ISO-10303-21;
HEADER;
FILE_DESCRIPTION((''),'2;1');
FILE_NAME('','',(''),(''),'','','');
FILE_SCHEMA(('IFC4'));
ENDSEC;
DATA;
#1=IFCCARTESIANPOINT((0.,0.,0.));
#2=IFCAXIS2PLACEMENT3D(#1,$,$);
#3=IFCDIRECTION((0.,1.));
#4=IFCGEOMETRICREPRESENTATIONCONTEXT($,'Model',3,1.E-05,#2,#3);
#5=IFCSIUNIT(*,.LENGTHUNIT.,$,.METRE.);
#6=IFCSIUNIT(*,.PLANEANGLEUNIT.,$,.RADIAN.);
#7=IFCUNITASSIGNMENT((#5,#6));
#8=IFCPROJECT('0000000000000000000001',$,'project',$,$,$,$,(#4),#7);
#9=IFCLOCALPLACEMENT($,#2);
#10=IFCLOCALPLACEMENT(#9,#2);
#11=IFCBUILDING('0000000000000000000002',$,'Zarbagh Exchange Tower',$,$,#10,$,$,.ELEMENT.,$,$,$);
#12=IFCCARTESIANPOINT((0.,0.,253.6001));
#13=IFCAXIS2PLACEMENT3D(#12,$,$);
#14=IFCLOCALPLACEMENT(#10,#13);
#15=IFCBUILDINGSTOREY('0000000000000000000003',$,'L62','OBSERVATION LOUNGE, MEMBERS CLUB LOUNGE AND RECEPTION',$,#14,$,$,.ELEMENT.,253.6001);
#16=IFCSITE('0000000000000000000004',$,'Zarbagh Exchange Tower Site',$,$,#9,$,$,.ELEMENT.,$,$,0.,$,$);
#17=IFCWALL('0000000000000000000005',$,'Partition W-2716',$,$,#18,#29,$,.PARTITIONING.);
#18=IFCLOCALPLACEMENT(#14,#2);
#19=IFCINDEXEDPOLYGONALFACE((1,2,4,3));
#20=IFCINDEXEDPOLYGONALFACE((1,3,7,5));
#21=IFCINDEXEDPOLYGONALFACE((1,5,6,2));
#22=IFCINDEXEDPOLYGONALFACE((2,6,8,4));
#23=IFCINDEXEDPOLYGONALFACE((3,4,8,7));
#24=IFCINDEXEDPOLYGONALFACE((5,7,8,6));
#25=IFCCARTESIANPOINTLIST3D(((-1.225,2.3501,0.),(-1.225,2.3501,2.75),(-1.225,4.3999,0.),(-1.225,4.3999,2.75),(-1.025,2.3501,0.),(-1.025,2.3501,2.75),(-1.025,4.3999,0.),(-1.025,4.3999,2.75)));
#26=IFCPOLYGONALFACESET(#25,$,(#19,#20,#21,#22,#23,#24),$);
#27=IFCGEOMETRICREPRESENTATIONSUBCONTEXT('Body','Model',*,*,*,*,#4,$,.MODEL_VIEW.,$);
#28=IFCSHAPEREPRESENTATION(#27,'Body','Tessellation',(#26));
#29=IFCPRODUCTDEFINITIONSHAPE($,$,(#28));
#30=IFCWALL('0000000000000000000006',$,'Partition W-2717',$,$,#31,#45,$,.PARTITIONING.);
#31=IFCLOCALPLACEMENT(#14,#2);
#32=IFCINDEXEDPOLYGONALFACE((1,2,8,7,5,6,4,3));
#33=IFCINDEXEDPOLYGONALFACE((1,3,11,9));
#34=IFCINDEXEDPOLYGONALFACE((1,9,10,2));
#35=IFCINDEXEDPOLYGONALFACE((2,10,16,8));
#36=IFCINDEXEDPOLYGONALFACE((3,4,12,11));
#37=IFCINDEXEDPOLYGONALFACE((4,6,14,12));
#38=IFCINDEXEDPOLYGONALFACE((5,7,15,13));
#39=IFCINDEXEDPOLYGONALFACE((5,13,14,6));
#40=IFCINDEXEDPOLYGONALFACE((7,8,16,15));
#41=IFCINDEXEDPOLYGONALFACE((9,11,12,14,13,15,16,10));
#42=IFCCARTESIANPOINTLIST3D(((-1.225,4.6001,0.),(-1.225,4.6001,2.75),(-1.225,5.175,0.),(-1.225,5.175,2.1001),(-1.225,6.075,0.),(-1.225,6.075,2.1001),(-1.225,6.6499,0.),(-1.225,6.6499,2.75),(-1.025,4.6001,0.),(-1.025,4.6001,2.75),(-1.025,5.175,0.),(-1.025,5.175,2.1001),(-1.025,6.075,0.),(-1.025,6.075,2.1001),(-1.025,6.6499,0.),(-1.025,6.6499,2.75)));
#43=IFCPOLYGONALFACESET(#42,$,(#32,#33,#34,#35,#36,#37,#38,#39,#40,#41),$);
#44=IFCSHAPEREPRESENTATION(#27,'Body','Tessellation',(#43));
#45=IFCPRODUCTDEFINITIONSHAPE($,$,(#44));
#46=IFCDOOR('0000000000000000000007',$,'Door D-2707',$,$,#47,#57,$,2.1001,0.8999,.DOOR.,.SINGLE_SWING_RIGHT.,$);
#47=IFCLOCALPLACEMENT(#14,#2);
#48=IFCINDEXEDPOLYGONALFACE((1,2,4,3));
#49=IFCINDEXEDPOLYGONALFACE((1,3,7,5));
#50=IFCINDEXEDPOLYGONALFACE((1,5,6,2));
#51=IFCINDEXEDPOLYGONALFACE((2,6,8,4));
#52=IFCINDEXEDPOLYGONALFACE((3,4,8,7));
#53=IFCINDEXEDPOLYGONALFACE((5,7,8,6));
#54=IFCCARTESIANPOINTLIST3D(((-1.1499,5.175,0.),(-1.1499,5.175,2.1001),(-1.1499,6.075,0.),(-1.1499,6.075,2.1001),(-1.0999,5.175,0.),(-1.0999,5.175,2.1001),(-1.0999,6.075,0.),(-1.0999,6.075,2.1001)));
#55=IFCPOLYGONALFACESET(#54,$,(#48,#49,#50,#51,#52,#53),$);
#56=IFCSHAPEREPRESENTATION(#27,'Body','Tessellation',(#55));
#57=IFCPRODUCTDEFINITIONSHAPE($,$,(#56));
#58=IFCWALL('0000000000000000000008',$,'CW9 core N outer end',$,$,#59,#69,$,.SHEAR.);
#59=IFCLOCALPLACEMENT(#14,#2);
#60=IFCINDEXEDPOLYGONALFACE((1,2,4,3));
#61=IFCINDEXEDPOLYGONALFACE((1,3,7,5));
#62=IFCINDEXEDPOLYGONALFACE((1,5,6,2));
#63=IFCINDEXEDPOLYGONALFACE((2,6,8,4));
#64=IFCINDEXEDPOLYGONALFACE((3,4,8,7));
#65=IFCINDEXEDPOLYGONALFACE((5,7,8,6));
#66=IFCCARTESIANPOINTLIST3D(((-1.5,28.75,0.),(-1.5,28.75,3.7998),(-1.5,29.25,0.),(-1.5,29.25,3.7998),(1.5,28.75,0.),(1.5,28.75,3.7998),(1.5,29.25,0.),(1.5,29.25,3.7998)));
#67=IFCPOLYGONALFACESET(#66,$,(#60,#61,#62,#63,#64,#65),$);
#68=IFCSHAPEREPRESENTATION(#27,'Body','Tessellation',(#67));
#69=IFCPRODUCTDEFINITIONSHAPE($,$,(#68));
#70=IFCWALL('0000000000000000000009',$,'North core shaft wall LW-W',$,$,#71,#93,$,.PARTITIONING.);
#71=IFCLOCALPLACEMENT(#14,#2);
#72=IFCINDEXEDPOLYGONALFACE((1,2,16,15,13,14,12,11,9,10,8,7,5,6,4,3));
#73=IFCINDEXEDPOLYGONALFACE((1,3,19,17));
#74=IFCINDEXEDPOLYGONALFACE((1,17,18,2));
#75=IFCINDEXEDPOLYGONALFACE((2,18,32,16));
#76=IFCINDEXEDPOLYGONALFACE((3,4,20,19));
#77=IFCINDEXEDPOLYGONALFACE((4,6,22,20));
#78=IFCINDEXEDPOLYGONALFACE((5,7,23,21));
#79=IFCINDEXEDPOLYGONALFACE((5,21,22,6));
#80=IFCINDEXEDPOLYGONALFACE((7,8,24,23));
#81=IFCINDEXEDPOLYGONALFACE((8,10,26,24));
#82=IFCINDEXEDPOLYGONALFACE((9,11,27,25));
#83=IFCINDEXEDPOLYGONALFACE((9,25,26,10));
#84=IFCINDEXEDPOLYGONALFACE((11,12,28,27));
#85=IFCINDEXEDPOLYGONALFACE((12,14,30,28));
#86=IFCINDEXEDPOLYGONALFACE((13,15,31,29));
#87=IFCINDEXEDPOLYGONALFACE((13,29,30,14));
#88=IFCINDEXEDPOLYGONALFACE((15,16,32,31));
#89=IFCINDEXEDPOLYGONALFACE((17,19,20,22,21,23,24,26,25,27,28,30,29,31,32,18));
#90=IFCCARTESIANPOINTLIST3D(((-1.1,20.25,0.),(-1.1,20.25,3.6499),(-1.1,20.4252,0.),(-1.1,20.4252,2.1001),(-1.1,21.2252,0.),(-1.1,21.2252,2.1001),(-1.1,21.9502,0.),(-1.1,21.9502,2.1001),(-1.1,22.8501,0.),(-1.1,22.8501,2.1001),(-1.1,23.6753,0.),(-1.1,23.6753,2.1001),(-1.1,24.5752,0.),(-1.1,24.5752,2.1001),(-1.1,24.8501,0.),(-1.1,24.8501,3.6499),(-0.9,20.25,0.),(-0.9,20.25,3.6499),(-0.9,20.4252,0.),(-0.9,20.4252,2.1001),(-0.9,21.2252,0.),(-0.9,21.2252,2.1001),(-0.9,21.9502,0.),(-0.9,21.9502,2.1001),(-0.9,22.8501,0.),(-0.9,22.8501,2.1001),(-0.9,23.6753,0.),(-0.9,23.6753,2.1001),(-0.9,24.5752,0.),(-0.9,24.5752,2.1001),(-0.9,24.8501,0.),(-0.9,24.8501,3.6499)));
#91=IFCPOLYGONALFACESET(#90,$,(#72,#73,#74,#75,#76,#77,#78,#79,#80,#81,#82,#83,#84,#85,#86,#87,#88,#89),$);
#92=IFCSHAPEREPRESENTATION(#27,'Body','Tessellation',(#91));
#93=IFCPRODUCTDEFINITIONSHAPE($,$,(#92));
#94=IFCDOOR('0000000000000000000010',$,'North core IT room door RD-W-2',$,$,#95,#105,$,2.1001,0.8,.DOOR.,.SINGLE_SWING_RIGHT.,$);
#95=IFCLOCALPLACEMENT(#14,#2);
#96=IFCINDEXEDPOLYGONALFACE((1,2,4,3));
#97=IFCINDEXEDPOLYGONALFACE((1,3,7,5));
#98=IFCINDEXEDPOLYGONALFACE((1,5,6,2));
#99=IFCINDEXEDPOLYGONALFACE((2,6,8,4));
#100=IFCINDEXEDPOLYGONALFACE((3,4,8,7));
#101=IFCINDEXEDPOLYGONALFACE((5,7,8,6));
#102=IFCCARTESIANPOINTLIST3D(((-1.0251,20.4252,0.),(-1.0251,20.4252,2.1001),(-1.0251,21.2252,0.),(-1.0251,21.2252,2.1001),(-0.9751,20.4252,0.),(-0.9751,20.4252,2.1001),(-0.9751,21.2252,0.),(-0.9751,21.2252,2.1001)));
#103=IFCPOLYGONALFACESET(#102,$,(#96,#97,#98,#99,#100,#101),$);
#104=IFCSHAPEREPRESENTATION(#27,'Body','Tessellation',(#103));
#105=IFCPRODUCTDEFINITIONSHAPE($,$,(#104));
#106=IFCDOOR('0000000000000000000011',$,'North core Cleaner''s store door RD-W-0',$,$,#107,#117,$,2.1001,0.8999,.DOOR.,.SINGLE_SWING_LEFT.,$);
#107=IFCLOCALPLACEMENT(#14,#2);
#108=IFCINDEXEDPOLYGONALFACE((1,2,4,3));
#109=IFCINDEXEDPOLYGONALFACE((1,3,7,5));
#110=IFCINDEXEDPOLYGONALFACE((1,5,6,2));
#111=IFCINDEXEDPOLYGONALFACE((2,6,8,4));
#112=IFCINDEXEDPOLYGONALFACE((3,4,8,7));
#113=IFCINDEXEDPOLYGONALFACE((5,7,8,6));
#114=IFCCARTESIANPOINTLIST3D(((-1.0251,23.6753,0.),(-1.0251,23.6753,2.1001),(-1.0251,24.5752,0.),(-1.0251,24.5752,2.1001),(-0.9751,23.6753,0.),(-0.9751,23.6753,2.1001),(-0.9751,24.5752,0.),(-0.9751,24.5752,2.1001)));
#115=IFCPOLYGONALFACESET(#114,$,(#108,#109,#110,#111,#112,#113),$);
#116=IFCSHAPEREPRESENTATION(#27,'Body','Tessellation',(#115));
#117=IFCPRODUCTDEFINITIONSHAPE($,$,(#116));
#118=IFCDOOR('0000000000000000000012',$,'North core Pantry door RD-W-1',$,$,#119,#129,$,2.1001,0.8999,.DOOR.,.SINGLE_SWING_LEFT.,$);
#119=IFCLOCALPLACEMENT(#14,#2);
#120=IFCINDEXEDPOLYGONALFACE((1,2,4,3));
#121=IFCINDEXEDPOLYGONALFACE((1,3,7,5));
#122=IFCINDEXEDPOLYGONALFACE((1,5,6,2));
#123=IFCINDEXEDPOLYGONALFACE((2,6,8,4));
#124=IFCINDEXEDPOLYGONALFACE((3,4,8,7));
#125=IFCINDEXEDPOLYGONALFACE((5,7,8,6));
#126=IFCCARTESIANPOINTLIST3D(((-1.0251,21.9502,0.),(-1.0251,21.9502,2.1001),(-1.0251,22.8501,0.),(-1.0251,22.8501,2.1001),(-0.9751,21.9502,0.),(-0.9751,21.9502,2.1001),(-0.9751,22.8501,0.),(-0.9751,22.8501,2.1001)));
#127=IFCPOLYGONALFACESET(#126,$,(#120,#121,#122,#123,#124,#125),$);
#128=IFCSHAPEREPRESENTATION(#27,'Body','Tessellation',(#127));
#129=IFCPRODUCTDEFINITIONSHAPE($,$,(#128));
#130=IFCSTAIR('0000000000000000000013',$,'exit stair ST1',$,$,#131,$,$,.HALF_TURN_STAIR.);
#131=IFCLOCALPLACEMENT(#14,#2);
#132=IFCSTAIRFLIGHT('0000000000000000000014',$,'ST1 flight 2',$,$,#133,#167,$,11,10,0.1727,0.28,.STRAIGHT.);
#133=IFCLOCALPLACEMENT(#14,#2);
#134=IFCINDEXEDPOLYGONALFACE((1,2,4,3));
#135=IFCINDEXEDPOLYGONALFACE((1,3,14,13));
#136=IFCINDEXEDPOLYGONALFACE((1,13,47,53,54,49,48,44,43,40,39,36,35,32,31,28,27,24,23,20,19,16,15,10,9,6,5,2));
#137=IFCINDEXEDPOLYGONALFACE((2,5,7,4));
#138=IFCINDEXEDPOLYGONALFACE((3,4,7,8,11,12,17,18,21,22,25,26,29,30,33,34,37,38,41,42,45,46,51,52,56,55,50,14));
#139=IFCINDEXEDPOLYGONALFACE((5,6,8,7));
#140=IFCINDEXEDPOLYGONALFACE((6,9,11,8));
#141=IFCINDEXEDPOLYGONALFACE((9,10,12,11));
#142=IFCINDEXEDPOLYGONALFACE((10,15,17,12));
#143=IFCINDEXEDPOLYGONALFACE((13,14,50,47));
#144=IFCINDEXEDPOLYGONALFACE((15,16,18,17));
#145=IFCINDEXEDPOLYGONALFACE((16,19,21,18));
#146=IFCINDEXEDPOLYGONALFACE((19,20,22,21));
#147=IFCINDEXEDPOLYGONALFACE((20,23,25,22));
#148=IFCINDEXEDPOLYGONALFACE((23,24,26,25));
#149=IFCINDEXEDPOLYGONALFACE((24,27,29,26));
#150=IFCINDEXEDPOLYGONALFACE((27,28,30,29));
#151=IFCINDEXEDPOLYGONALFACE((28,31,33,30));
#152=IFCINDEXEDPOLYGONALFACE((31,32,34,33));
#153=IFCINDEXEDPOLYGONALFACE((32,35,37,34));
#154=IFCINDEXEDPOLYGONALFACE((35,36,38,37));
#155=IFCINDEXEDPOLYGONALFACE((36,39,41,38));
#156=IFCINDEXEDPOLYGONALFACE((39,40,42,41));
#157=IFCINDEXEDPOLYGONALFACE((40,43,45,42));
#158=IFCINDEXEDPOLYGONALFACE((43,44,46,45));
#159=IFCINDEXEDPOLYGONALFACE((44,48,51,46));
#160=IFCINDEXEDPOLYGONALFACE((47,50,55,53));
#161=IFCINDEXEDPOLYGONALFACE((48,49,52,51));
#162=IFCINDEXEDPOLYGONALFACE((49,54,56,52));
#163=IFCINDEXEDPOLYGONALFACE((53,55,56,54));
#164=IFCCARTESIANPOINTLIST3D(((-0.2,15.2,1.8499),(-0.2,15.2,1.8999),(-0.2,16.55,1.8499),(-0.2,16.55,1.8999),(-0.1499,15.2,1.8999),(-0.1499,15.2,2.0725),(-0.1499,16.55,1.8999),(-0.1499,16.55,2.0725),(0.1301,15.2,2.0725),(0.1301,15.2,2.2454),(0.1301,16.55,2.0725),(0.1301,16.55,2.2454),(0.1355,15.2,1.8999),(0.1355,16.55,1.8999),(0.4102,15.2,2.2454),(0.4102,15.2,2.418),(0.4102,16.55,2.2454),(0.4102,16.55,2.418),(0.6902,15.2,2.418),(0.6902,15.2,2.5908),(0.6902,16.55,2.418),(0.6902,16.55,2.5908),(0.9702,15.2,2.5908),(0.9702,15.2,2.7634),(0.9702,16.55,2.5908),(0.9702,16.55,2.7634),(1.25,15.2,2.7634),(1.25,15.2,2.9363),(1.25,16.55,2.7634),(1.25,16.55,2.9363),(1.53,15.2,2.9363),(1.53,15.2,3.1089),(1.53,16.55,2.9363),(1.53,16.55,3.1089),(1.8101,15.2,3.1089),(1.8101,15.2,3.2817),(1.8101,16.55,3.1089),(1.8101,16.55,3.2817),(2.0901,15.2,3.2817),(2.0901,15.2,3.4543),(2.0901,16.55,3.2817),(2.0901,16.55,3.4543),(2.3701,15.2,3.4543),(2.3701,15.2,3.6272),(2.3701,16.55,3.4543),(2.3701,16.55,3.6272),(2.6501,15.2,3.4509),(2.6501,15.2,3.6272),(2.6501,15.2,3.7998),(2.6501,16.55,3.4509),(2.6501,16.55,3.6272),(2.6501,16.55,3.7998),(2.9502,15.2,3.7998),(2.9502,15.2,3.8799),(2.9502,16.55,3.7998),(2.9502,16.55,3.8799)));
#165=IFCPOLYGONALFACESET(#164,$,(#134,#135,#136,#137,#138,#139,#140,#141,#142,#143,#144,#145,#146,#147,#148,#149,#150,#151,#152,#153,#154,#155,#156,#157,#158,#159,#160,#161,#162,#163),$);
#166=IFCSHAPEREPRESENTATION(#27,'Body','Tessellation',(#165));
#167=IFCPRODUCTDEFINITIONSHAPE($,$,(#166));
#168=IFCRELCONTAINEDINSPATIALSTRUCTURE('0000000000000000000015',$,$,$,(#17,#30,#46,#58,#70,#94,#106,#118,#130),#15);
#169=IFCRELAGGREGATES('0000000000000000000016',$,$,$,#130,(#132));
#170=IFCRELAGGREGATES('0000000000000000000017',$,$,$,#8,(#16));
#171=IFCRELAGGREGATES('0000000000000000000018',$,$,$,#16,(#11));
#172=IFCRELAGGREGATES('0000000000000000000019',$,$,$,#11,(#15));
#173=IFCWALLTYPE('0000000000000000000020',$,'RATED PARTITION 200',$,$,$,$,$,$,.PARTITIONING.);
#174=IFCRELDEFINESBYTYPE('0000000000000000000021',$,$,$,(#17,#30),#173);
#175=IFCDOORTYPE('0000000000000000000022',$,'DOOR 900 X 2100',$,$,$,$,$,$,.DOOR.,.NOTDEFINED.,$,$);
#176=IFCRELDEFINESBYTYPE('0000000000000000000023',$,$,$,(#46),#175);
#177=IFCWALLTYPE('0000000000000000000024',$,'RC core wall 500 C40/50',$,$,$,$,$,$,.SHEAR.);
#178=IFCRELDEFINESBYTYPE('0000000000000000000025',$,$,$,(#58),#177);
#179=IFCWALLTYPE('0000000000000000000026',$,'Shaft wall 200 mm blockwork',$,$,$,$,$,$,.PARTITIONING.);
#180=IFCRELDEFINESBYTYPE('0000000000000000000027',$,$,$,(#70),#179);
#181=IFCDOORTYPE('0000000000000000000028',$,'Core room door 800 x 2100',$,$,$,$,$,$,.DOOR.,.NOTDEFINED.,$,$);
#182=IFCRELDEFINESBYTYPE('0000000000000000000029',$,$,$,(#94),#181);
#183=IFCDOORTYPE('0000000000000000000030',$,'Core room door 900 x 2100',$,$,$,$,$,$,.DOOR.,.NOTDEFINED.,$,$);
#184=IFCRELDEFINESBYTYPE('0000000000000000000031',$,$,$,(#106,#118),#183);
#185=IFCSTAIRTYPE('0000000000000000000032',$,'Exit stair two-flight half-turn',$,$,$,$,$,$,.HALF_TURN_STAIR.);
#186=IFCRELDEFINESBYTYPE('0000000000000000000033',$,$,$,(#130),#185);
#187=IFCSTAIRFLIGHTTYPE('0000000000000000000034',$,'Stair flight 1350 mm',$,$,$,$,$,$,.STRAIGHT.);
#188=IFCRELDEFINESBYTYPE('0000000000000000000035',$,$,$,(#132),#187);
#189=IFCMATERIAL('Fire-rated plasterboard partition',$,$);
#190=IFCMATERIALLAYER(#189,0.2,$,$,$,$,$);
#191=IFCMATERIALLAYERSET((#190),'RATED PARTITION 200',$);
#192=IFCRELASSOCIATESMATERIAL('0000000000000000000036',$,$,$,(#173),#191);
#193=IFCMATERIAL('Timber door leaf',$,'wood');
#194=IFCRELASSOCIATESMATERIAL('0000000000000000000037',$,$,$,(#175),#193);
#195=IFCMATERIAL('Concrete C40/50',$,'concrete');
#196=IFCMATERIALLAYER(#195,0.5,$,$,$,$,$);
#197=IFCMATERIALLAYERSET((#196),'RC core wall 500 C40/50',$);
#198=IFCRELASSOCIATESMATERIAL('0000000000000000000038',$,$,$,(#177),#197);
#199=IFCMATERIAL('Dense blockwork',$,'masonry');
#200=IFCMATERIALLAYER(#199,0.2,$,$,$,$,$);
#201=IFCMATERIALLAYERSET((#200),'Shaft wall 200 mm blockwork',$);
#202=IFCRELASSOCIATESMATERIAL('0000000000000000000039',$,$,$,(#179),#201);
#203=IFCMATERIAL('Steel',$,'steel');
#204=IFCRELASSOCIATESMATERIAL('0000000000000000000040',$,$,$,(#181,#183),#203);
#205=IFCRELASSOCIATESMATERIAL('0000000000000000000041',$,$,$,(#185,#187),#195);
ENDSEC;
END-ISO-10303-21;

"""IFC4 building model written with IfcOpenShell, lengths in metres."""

from ifc_helpers import new_model, si_unit, direction, frame, frame_2d, origin, place, context, subcontext, project, spatial, polyline, rectangle, outline, extrude, material, layer, layer_set, type_object, element, fill, aggregate, save


model = new_model("IFC4")

# Units and contexts
model_context = context("Model", 3, precision=1e-05, world=origin(), true_north=direction((0.0, 1.0)))
body_context = subcontext(model_context, "Body", "Model", "MODEL_VIEW")
ifc_project = project(units=[si_unit("LENGTHUNIT", "METRE"), si_unit("PLANEANGLEUNIT", "RADIAN")], contexts=[model_context])

# Site, building, storey
site_placement = place(None, origin())
site = spatial("IfcSite", under=ifc_project, at=site_placement, Name="Zarbagh Exchange Tower Site", CompositionType="ELEMENT", RefElevation=0.0)
building_placement = place(site_placement, origin())
building = spatial("IfcBuilding", under=site, at=building_placement, Name="Zarbagh Exchange Tower", CompositionType="ELEMENT")
storey_placement = place(building_placement, frame((0.0, 0.0, 253.6001)))
storey = spatial("IfcBuildingStorey", under=building, at=storey_placement, Name="L62", Description="OBSERVATION LOUNGE, MEMBERS CLUB LOUNGE AND RECEPTION", CompositionType="ELEMENT", Elevation=253.6001)

# Wall
ifc_material_1 = material(Name="Fire-rated plasterboard partition")
ifc_layer_1 = layer(ifc_material_1, 0.2)
ifc_layer_set_1 = layer_set([ifc_layer_1], Name="RATED PARTITION 200")
wall_type_1 = type_object("IfcWallType", Name="RATED PARTITION 200", PredefinedType="PARTITIONING", material=ifc_layer_set_1)
wall_1_placement = place(storey_placement, frame((-1.125, 2.3501, 0.0), z_axis=(0.0, 0.0, 1.0), x_axis=(0.0, 1.0, 0.0)))
element("IfcWall", 1, at=wall_1_placement, inside=storey, type_object=wall_type_1, Name="Partition W-2716", PredefinedType="PARTITIONING", context=body_context, shape_type="SweptSolid", body=[
    extrude(rectangle(XDim=2.0498, YDim=0.2, at=frame_2d((1.0249, 0.0))), origin(), (0.0, 0.0, 1.0), 2.75),
])

# Wall, opening, door
wall_2_placement = place(storey_placement, frame((-1.125, 4.6001, 0.0), z_axis=(0.0, 0.0, 1.0), x_axis=(0.0, 1.0, 0.0)))
wall_2 = element("IfcWall", 2, at=wall_2_placement, inside=storey, type_object=wall_type_1, Name="Partition W-2717", PredefinedType="PARTITIONING", context=body_context, shape_type="SweptSolid", body=[
    extrude(rectangle(XDim=2.0498, YDim=0.2, at=frame_2d((1.0249, 0.0))), origin(), (0.0, 0.0, 1.0), 2.75),
])
opening_1_placement = place(wall_2_placement, frame((0.575, 0.0, 0.0)))
opening_1 = element("IfcOpeningElement", 3, at=opening_1_placement, cuts=wall_2, PredefinedType="OPENING", context=body_context, shape_type="SweptSolid", body=[
    extrude(rectangle(XDim=0.8999, YDim=2.1001, at=frame_2d((0.45, 1.05))), frame((0.0, 0.1099, 0.0), z_axis=(0.0, -1.0, 0.0), x_axis=(1.0, 0.0, 0.0)), (0.0, 0.0, 1.0), 0.22),
])
ifc_material_2 = material(Name="Timber door leaf", Category="wood")
door_type_1 = type_object("IfcDoorType", Name="DOOR 900 X 2100", OperationType="NOTDEFINED", PredefinedType="DOOR", material=ifc_material_2)
door_1_placement = place(opening_1_placement, origin())
door_1 = element("IfcDoor", 4, at=door_1_placement, inside=storey, type_object=door_type_1, Name="Door D-2707", OperationType="SINGLE_SWING_RIGHT", OverallHeight=2.1001, OverallWidth=0.8999, PredefinedType="DOOR", context=body_context, shape_type="SweptSolid", body=[
    extrude(rectangle(XDim=0.8999, YDim=2.1001, at=frame_2d((0.45, 1.05))), frame((0.0, 0.0249, 0.0), z_axis=(0.0, -1.0, 0.0), x_axis=(1.0, 0.0, 0.0)), (0.0, 0.0, 1.0), 0.05),
])
fill(opening_1, door_1)

# Wall
ifc_material_3 = material(Name="Concrete C40/50", Category="concrete")
ifc_layer_2 = layer(ifc_material_3, 0.5)
ifc_layer_set_2 = layer_set([ifc_layer_2], Name="RC core wall 500 C40/50")
wall_type_2 = type_object("IfcWallType", Name="RC core wall 500 C40/50", PredefinedType="SHEAR", material=ifc_layer_set_2)
wall_3_placement = place(storey_placement, frame((-1.5, 29.0, 0.0), z_axis=(0.0, 0.0, 1.0), x_axis=(1.0, 0.0, 0.0)))
element("IfcWall", 5, at=wall_3_placement, inside=storey, type_object=wall_type_2, Name="CW9 core N outer end", PredefinedType="SHEAR", context=body_context, shape_type="SweptSolid", body=[
    extrude(rectangle(XDim=3.0, YDim=0.5, at=frame_2d((1.5, 0.0))), origin(), (0.0, 0.0, 1.0), 3.7998),
])

# Wall, openings, doors
ifc_material_4 = material(Name="Dense blockwork", Category="masonry")
ifc_layer_3 = layer(ifc_material_4, 0.2)
ifc_layer_set_3 = layer_set([ifc_layer_3], Name="Shaft wall 200 mm blockwork")
wall_type_3 = type_object("IfcWallType", Name="Shaft wall 200 mm blockwork", PredefinedType="PARTITIONING", material=ifc_layer_set_3)
wall_4_placement = place(storey_placement, frame((-1.0, 24.8501, 0.0), z_axis=(0.0, 0.0, 1.0), x_axis=(0.0, -1.0, 0.0)))
wall_4 = element("IfcWall", 6, at=wall_4_placement, inside=storey, type_object=wall_type_3, Name="North core shaft wall LW-W", PredefinedType="PARTITIONING", context=body_context, shape_type="SweptSolid", body=[
    extrude(rectangle(XDim=4.6001, YDim=0.2, at=frame_2d((2.3, 0.0))), origin(), (0.0, 0.0, 1.0), 3.6499),
])
opening_2_placement = place(wall_4_placement, frame((0.2749, 0.0, 0.0)))
opening_2 = element("IfcOpeningElement", 7, at=opening_2_placement, cuts=wall_4, PredefinedType="OPENING", context=body_context, shape_type="SweptSolid", body=[
    extrude(rectangle(XDim=0.8999, YDim=2.1001, at=frame_2d((0.45, 1.05))), frame((0.0, 0.1099, 0.0), z_axis=(0.0, -1.0, 0.0), x_axis=(1.0, 0.0, 0.0)), (0.0, 0.0, 1.0), 0.22),
])
opening_3_placement = place(wall_4_placement, frame((2.0, 0.0, 0.0)))
opening_3 = element("IfcOpeningElement", 8, at=opening_3_placement, cuts=wall_4, PredefinedType="OPENING", context=body_context, shape_type="SweptSolid", body=[
    extrude(rectangle(XDim=0.8999, YDim=2.1001, at=frame_2d((0.45, 1.05))), frame((0.0, 0.1099, 0.0), z_axis=(0.0, -1.0, 0.0), x_axis=(1.0, 0.0, 0.0)), (0.0, 0.0, 1.0), 0.22),
])
opening_4_placement = place(wall_4_placement, frame((3.625, 0.0, 0.0)))
opening_4 = element("IfcOpeningElement", 9, at=opening_4_placement, cuts=wall_4, PredefinedType="OPENING", context=body_context, shape_type="SweptSolid", body=[
    extrude(rectangle(XDim=0.8, YDim=2.1001, at=frame_2d((0.3999, 1.05))), frame((0.0, 0.1099, 0.0), z_axis=(0.0, -1.0, 0.0), x_axis=(1.0, 0.0, 0.0)), (0.0, 0.0, 1.0), 0.22),
])
ifc_material_5 = material(Name="Steel", Category="steel")
door_type_2 = type_object("IfcDoorType", Name="Core room door 800 x 2100", OperationType="NOTDEFINED", PredefinedType="DOOR", material=ifc_material_5)
door_2_placement = place(opening_4_placement, origin())
door_2 = element("IfcDoor", 10, at=door_2_placement, inside=storey, type_object=door_type_2, Name="North core IT room door RD-W-2", OperationType="SINGLE_SWING_RIGHT", OverallHeight=2.1001, OverallWidth=0.8, PredefinedType="DOOR", context=body_context, shape_type="SweptSolid", body=[
    extrude(rectangle(XDim=0.8, YDim=2.1001, at=frame_2d((0.3999, 1.05))), frame((0.0, 0.0249, 0.0), z_axis=(0.0, -1.0, 0.0), x_axis=(1.0, 0.0, 0.0)), (0.0, 0.0, 1.0), 0.05),
])
fill(opening_4, door_2)
door_type_3 = type_object("IfcDoorType", Name="Core room door 900 x 2100", OperationType="NOTDEFINED", PredefinedType="DOOR", material=ifc_material_5)
door_3_placement = place(opening_2_placement, origin())
door_3 = element("IfcDoor", 11, at=door_3_placement, inside=storey, type_object=door_type_3, Name="North core Cleaner's store door RD-W-0", OperationType="SINGLE_SWING_LEFT", OverallHeight=2.1001, OverallWidth=0.8999, PredefinedType="DOOR", context=body_context, shape_type="SweptSolid", body=[
    extrude(rectangle(XDim=0.8999, YDim=2.1001, at=frame_2d((0.45, 1.05))), frame((0.0, 0.0249, 0.0), z_axis=(0.0, -1.0, 0.0), x_axis=(1.0, 0.0, 0.0)), (0.0, 0.0, 1.0), 0.05),
])
fill(opening_2, door_3)
door_4_placement = place(opening_3_placement, origin())
door_4 = element("IfcDoor", 12, at=door_4_placement, inside=storey, type_object=door_type_3, Name="North core Pantry door RD-W-1", OperationType="SINGLE_SWING_LEFT", OverallHeight=2.1001, OverallWidth=0.8999, PredefinedType="DOOR", context=body_context, shape_type="SweptSolid", body=[
    extrude(rectangle(XDim=0.8999, YDim=2.1001, at=frame_2d((0.45, 1.05))), frame((0.0, 0.0249, 0.0), z_axis=(0.0, -1.0, 0.0), x_axis=(1.0, 0.0, 0.0)), (0.0, 0.0, 1.0), 0.05),
])
fill(opening_3, door_4)

# Stair, stair flight
stair_type = type_object("IfcStairType", Name="Exit stair two-flight half-turn", PredefinedType="HALF_TURN_STAIR", material=ifc_material_3)
stair_1_placement = place(storey_placement, origin())
stair_1 = element("IfcStair", 13, at=stair_1_placement, inside=storey, type_object=stair_type, Name="exit stair ST1", PredefinedType="HALF_TURN_STAIR")
stair_flight_type_1 = type_object("IfcStairFlightType", Name="Stair flight 1350 mm", PredefinedType="STRAIGHT", material=ifc_material_3)
stair_flight_1_placement = place(storey_placement, frame((-0.1499, 15.875, 1.8999), z_axis=(0.0, 0.0, 1.0), x_axis=(1.0, 0.0, 0.0)))
stair_flight_1 = element("IfcStairFlight", 14, at=stair_flight_1_placement, type_object=stair_flight_type_1, Name="ST1 flight 2", NumberOfRisers=11, NumberOfTreads=10, PredefinedType="STRAIGHT", RiserHeight=0.1727, TreadLength=0.28, context=body_context, shape_type="SweptSolid", body=[
    extrude(outline(polyline([(-0.05, -0.05), (-0.05, 0.0), (0.0, 0.0), (0.0, 0.1726), (0.28, 0.1726), (0.28, 0.3455), (0.5601, 0.3455), (0.5601, 0.5181), (0.8401, 0.5181), (0.8401, 0.6909), (1.1201, 0.6909), (1.1201, 0.8635), (1.3999, 0.8635), (1.3999, 1.0364), (1.6799, 1.0364), (1.6799, 1.209), (1.96, 1.209), (1.96, 1.3818), (2.24, 1.3818), (2.24, 1.5544), (2.52, 1.5544), (2.52, 1.7273), (2.8, 1.7273), (2.8, 1.8999), (3.1001, 1.98), (3.1001, 1.8999), (2.8, 1.551), (0.2854, 0.0), (-0.05, -0.05)])), frame((0.0, 0.675, 0.0), z_axis=(0.0, -1.0, 0.0), x_axis=(1.0, 0.0, 0.0)), (0.0, 0.0, 1.0), 1.3501),
])
aggregate(stair_1, [stair_flight_1])

save(model, "model.ifc")
